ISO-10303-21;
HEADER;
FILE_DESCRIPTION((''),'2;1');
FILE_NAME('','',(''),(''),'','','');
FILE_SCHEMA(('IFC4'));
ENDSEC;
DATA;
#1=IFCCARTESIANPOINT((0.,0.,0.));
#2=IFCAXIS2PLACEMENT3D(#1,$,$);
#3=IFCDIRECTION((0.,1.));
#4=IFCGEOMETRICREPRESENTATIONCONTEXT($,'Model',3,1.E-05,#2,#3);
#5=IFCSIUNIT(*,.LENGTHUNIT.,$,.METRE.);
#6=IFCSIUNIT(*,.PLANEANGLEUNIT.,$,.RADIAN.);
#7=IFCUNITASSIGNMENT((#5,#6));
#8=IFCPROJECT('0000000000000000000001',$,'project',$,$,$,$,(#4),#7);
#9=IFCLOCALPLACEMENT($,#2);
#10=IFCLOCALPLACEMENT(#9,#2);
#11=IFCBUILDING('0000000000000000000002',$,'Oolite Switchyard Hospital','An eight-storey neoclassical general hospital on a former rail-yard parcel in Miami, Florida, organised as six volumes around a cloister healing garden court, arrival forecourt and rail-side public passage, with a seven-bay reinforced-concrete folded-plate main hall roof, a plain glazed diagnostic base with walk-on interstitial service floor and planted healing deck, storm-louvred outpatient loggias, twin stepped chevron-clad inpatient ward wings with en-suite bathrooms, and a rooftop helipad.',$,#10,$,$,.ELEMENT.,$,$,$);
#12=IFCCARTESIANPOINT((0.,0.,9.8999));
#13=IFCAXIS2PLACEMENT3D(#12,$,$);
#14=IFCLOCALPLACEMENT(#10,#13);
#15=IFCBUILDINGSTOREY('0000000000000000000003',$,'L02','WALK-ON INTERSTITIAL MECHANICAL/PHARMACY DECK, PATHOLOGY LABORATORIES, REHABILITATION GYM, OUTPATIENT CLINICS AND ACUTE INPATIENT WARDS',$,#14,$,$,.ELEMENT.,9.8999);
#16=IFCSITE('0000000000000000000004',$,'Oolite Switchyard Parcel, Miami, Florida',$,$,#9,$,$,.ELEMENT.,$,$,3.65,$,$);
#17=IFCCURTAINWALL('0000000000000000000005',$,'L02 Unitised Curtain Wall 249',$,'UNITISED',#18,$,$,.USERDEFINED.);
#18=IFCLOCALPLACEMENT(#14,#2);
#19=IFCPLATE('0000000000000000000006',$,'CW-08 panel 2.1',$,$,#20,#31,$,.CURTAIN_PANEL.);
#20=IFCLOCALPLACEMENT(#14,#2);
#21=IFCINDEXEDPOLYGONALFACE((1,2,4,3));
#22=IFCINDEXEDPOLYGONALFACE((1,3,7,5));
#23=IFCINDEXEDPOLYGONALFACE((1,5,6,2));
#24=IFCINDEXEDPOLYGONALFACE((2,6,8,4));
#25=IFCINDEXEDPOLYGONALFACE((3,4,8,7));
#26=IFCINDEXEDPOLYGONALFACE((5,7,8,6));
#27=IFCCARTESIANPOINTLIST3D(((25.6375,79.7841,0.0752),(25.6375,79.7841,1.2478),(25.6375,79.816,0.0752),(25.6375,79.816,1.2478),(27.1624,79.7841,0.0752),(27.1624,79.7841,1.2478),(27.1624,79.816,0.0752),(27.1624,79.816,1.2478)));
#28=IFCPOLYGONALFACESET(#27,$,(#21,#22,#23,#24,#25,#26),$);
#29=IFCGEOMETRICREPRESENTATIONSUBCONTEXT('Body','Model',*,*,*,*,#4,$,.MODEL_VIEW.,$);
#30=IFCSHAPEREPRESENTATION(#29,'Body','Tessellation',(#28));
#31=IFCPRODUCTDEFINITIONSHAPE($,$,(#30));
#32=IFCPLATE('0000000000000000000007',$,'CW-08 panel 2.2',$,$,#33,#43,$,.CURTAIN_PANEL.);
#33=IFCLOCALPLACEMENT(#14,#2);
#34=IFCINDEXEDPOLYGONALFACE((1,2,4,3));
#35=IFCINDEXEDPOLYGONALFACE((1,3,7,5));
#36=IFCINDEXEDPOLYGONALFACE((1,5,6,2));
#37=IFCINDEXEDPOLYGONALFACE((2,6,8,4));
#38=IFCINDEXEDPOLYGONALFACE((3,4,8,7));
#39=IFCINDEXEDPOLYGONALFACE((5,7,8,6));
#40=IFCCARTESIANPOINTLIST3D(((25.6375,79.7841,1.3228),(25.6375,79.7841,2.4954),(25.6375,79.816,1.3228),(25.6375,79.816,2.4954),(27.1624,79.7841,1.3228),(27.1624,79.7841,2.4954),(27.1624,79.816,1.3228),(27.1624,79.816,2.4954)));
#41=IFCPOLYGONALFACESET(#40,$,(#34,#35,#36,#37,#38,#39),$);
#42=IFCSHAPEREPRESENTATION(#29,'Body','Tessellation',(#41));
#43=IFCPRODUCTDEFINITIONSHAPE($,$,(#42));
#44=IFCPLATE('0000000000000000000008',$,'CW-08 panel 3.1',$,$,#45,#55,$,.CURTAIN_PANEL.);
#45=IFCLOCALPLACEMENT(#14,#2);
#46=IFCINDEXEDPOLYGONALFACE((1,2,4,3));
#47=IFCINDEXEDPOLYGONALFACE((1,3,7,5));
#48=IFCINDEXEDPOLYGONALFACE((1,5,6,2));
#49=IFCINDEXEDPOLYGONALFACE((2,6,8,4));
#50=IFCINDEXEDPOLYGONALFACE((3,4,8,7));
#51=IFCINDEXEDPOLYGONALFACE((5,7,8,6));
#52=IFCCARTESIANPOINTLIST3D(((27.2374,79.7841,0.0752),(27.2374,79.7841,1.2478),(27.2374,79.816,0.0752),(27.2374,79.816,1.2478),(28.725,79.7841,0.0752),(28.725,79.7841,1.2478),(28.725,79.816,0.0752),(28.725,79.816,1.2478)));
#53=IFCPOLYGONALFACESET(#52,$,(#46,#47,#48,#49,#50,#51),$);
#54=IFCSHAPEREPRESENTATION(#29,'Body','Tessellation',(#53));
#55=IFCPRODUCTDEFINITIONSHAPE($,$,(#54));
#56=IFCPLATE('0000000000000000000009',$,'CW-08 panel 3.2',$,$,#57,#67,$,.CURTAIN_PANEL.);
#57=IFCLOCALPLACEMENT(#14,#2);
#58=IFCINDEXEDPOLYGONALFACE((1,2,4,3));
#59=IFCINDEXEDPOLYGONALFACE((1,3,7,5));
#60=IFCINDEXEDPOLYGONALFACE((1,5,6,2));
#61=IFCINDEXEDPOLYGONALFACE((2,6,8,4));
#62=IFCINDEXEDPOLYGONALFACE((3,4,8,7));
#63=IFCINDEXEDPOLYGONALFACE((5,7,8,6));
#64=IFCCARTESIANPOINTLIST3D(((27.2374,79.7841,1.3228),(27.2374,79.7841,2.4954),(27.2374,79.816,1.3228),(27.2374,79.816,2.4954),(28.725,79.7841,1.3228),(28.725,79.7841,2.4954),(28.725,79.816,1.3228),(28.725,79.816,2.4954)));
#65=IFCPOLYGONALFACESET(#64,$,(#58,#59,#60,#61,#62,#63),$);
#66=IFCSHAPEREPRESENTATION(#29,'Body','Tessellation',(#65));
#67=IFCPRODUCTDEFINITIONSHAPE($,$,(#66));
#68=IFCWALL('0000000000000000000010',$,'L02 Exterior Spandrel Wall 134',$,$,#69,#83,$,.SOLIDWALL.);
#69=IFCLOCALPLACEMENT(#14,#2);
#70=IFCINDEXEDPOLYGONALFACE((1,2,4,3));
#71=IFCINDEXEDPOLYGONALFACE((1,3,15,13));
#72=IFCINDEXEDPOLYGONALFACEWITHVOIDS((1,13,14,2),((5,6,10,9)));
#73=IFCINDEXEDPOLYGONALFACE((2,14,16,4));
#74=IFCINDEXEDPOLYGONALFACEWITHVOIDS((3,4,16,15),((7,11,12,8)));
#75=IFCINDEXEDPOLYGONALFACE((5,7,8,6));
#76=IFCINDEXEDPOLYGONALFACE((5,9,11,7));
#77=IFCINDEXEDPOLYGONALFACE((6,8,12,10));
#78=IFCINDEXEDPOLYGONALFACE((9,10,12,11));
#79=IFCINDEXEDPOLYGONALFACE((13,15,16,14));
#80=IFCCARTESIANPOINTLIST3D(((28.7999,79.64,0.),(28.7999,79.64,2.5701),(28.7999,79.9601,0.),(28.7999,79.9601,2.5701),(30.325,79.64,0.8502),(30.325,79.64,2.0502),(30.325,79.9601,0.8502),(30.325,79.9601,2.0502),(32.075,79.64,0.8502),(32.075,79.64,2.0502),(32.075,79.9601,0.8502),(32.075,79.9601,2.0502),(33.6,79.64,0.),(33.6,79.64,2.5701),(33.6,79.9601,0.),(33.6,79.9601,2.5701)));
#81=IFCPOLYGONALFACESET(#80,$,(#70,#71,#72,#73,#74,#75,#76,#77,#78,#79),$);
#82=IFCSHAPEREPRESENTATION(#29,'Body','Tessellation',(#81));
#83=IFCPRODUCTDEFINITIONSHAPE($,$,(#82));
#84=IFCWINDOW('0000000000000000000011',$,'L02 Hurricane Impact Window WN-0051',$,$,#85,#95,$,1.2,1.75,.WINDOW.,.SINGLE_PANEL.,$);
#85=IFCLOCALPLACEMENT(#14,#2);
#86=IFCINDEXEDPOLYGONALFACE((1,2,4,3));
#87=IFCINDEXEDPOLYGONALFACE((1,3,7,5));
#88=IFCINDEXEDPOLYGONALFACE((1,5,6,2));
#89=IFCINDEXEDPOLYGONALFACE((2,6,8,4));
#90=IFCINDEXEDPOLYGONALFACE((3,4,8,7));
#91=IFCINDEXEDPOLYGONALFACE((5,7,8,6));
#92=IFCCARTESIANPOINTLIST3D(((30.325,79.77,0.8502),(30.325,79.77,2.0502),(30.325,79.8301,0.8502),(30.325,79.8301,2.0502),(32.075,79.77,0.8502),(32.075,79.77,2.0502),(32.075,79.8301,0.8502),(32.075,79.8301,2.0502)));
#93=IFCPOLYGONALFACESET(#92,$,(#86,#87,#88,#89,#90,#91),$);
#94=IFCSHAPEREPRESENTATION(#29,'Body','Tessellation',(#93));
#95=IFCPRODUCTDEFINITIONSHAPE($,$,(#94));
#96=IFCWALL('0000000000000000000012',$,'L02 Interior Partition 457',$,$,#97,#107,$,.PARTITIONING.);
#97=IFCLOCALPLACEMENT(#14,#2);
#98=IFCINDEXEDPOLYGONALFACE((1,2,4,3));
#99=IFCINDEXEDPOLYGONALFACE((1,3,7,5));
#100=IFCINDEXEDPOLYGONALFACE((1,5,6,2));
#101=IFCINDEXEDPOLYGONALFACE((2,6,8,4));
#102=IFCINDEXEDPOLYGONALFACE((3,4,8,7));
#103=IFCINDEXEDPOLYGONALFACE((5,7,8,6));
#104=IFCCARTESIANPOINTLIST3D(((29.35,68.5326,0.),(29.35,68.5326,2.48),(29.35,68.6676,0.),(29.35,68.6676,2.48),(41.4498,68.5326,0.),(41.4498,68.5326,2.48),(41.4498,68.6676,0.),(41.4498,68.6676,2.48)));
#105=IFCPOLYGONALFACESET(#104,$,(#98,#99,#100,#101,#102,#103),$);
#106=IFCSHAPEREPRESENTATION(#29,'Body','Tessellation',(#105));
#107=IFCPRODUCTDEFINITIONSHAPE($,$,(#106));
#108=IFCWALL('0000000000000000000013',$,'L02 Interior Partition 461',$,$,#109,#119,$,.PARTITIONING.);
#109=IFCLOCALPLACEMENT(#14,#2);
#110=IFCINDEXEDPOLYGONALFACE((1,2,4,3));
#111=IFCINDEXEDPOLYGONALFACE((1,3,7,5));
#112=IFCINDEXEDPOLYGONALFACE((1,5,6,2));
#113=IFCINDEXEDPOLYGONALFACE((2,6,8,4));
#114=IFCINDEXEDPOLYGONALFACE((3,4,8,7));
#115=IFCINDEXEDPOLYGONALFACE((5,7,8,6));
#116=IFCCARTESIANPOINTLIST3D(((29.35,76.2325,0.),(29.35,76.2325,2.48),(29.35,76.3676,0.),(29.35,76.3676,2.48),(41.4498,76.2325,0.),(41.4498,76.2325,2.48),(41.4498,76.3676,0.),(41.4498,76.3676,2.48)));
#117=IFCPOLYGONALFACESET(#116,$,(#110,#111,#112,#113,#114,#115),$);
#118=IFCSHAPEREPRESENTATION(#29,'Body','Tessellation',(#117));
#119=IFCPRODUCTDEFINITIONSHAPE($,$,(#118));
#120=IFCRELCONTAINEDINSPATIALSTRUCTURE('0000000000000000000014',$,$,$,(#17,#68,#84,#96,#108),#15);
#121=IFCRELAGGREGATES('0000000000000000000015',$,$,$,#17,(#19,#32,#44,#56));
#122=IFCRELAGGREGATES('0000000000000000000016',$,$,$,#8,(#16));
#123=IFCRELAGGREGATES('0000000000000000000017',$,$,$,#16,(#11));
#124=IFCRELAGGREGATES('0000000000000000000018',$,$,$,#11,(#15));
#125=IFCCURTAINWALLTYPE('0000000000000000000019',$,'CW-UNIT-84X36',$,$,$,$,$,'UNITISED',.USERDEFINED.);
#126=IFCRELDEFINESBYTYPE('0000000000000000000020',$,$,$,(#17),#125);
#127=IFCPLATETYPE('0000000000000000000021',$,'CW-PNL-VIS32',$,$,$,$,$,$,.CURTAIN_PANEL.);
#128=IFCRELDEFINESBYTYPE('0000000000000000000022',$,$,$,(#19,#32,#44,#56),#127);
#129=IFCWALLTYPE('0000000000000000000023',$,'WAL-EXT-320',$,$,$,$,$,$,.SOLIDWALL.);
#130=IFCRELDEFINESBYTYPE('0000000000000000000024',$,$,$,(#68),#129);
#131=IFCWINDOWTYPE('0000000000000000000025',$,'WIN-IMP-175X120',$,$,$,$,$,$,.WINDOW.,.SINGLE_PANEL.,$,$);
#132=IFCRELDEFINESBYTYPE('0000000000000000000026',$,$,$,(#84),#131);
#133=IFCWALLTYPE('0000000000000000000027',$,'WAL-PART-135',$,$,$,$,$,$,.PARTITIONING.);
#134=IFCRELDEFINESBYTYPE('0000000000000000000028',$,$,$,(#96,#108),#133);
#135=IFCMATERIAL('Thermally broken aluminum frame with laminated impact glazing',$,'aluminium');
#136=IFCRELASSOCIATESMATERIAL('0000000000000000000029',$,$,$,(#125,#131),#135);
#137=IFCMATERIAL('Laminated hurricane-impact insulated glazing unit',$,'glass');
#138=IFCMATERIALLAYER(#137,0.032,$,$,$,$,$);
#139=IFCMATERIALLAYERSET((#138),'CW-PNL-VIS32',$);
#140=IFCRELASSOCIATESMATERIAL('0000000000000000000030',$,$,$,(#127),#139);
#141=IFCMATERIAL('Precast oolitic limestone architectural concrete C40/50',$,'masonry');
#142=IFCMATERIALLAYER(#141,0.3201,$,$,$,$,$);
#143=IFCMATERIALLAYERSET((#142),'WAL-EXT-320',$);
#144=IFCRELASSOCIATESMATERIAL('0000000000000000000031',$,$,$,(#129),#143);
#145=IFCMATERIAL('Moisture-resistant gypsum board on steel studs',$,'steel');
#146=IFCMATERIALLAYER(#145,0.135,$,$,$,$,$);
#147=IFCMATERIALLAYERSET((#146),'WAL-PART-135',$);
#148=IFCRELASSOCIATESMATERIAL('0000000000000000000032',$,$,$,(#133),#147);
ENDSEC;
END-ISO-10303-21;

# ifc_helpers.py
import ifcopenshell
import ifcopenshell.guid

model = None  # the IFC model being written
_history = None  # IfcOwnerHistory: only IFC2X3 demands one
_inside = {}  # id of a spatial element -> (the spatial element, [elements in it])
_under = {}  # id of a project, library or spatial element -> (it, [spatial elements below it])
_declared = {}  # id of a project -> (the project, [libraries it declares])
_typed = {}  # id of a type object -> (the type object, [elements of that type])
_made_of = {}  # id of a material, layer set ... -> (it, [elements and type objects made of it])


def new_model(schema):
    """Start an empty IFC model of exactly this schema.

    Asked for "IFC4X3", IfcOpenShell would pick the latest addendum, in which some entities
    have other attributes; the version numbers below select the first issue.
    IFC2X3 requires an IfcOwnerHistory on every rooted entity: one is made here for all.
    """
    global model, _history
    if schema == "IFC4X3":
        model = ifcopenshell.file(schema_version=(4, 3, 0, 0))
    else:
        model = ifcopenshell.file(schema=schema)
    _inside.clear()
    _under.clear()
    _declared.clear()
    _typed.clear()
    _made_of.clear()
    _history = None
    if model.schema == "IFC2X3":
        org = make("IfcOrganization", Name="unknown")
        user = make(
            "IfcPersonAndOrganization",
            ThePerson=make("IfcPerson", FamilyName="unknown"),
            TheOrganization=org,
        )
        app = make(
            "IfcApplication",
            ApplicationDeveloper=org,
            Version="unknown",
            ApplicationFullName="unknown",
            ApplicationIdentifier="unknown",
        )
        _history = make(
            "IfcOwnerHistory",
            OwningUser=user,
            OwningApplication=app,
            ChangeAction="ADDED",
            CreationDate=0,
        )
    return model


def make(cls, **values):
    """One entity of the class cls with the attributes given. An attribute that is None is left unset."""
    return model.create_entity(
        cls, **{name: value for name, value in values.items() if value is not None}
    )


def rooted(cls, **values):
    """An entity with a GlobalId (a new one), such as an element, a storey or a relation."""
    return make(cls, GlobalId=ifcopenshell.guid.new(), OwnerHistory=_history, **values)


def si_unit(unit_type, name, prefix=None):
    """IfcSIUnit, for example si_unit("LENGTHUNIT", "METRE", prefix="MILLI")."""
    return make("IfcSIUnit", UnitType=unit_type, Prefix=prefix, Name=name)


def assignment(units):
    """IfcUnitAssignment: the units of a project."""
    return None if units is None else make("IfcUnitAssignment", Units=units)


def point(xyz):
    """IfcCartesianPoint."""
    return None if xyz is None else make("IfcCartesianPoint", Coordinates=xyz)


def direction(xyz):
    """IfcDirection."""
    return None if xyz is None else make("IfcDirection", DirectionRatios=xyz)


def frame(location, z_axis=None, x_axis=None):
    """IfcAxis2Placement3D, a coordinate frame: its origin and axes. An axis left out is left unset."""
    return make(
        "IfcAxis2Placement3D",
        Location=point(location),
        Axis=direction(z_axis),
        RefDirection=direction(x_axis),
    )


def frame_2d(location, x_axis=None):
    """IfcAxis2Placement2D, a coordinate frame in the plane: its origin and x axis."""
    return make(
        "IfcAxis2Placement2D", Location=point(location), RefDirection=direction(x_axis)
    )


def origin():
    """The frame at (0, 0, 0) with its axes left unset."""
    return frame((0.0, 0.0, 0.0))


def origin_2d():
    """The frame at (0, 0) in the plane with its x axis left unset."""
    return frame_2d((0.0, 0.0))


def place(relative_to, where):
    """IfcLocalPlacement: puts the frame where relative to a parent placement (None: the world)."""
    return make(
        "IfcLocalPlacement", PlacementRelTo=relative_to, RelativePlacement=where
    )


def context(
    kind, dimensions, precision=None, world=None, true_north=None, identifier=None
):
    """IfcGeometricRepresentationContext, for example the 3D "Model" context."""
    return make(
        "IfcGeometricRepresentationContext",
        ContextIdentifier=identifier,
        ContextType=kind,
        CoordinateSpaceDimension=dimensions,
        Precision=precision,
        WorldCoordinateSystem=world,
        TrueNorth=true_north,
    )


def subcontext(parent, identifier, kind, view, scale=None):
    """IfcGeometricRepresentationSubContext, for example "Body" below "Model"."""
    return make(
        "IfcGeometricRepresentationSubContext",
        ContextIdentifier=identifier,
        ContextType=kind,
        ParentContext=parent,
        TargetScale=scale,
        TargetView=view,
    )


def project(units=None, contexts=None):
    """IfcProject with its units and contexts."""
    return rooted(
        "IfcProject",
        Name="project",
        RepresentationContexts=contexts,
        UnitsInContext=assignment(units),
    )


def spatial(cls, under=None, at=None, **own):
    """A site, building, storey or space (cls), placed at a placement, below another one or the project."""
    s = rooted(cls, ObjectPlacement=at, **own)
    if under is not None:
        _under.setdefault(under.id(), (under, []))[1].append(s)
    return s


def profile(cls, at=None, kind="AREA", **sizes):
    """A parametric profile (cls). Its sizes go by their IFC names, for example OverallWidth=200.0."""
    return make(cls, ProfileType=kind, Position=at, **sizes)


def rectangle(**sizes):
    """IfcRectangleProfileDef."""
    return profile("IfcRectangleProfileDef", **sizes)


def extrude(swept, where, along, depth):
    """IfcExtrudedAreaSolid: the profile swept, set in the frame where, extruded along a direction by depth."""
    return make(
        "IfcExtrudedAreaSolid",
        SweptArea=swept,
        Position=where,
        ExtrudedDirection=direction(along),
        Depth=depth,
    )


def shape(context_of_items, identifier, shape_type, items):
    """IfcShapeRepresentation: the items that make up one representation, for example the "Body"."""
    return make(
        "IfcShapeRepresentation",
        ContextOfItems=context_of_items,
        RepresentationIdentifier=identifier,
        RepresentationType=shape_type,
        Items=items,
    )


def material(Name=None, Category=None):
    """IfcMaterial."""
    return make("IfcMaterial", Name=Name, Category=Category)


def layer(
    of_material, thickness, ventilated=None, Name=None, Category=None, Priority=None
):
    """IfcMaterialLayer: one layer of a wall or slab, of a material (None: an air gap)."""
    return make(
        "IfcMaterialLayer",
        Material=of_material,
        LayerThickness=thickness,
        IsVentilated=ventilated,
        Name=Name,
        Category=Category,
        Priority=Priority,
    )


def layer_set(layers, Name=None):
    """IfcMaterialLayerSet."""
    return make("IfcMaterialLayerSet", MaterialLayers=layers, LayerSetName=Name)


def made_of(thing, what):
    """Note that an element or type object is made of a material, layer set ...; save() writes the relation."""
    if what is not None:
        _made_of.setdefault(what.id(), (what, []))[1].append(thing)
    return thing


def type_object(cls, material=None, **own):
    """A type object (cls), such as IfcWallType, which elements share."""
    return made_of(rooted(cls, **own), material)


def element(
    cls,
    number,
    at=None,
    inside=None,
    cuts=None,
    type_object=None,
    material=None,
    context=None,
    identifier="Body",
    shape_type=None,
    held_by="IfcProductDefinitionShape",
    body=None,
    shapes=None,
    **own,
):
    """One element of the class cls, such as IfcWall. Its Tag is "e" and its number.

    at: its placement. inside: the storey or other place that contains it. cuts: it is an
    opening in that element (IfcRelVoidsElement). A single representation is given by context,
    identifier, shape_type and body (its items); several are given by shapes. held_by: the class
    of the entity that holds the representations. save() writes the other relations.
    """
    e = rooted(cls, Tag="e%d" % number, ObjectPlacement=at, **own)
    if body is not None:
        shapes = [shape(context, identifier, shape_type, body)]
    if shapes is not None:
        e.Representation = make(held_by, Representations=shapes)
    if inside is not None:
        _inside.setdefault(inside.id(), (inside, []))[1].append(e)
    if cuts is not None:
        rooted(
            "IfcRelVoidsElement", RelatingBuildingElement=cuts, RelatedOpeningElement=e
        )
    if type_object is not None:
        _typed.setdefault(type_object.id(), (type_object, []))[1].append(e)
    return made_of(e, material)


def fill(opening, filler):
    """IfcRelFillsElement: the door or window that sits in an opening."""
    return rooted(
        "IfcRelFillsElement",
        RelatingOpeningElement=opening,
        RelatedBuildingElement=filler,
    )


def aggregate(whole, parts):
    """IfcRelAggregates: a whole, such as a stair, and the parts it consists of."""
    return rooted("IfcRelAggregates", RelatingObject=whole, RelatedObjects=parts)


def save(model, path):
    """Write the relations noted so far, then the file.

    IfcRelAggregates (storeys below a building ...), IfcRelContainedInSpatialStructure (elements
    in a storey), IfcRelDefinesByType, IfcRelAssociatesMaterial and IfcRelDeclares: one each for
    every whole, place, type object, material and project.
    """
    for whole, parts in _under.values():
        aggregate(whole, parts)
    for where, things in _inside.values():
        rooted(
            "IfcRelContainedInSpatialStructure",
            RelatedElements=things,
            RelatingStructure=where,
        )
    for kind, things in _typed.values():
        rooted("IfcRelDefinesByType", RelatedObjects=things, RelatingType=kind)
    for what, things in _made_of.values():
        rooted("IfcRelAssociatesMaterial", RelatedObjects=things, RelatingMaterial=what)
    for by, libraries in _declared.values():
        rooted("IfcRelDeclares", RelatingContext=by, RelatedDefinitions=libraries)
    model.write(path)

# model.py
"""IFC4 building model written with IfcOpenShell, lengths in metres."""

from ifc_helpers import new_model, si_unit, direction, frame, frame_2d, origin, origin_2d, place, context, subcontext, project, spatial, rectangle, extrude, material, layer, layer_set, type_object, element, fill, aggregate, save


model = new_model("IFC4")

# Units and contexts
model_context = context("Model", 3, precision=1e-05, world=origin(), true_north=direction((0.0, 1.0)))
body_context = subcontext(model_context, "Body", "Model", "MODEL_VIEW")
ifc_project = project(units=[si_unit("LENGTHUNIT", "METRE"), si_unit("PLANEANGLEUNIT", "RADIAN")], contexts=[model_context])

# Site, building, storey
site_placement = place(None, origin())
site = spatial("IfcSite", under=ifc_project, at=site_placement, Name="Oolite Switchyard Parcel, Miami, Florida", CompositionType="ELEMENT", RefElevation=3.65)
building_placement = place(site_placement, origin())
building = spatial("IfcBuilding", under=site, at=building_placement, Name="Oolite Switchyard Hospital", Description="An eight-storey neoclassical general hospital on a former rail-yard parcel in Miami, Florida, organised as six volumes around a cloister healing garden court, arrival forecourt and rail-side public passage, with a seven-bay reinforced-concrete folded-plate main hall roof, a plain glazed diagnostic base with walk-on interstitial service floor and planted healing deck, storm-louvred outpatient loggias, twin stepped chevron-clad inpatient ward wings with en-suite bathrooms, and a rooftop helipad.", CompositionType="ELEMENT")
storey_placement = place(building_placement, frame((0.0, 0.0, 9.8999)))
storey = spatial("IfcBuildingStorey", under=building, at=storey_placement, Name="L02", Description="WALK-ON INTERSTITIAL MECHANICAL/PHARMACY DECK, PATHOLOGY LABORATORIES, REHABILITATION GYM, OUTPATIENT CLINICS AND ACUTE INPATIENT WARDS", CompositionType="ELEMENT", Elevation=9.8999)

# Curtain wall
ifc_material_1 = material(Name="Thermally broken aluminum frame with laminated impact glazing", Category="aluminium")
curtain_wall_type = type_object("IfcCurtainWallType", Name="CW-UNIT-84X36", ElementType="UNITISED", PredefinedType="USERDEFINED", material=ifc_material_1)
curtain_wall_1_placement = place(storey_placement, origin())
curtain_wall_1 = element("IfcCurtainWall", 1, at=curtain_wall_1_placement, inside=storey, type_object=curtain_wall_type, Name="L02 Unitised Curtain Wall 249", ObjectType="UNITISED", PredefinedType="USERDEFINED")

# Plates
ifc_material_2 = material(Name="Laminated hurricane-impact insulated glazing unit", Category="glass")
ifc_layer_1 = layer(ifc_material_2, 0.032)
ifc_layer_set_1 = layer_set([ifc_layer_1], Name="CW-PNL-VIS32")
plate_type_1 = type_object("IfcPlateType", Name="CW-PNL-VIS32", PredefinedType="CURTAIN_PANEL", material=ifc_layer_set_1)
plate_1_placement = place(storey_placement, frame((26.3999, 79.8, 0.0752), z_axis=(0.0, 0.0, 1.0), x_axis=(1.0, 0.0, 0.0)))
plate_1 = element("IfcPlate", 2, at=plate_1_placement, type_object=plate_type_1, Name="CW-08 panel 2.1", PredefinedType="CURTAIN_PANEL", context=body_context, shape_type="SweptSolid", body=[
    extrude(rectangle(XDim=1.5249, YDim=0.032, at=origin_2d()), origin(), (0.0, 0.0, 1.0), 1.1726),
])
plate_2_placement = place(storey_placement, frame((26.3999, 79.8, 1.3228), z_axis=(0.0, 0.0, 1.0), x_axis=(1.0, 0.0, 0.0)))
plate_2 = element("IfcPlate", 3, at=plate_2_placement, type_object=plate_type_1, Name="CW-08 panel 2.2", PredefinedType="CURTAIN_PANEL", context=body_context, shape_type="SweptSolid", body=[
    extrude(rectangle(XDim=1.5249, YDim=0.032, at=origin_2d()), origin(), (0.0, 0.0, 1.0), 1.1726),
])
plate_3_placement = place(storey_placement, frame((27.9812, 79.8, 0.0752), z_axis=(0.0, 0.0, 1.0), x_axis=(1.0, 0.0, 0.0)))
plate_3 = element("IfcPlate", 4, at=plate_3_placement, type_object=plate_type_1, Name="CW-08 panel 3.1", PredefinedType="CURTAIN_PANEL", context=body_context, shape_type="SweptSolid", body=[
    extrude(rectangle(XDim=1.4875, YDim=0.032, at=origin_2d()), origin(), (0.0, 0.0, 1.0), 1.1726),
])
plate_4_placement = place(storey_placement, frame((27.9812, 79.8, 1.3228), z_axis=(0.0, 0.0, 1.0), x_axis=(1.0, 0.0, 0.0)))
plate_4 = element("IfcPlate", 5, at=plate_4_placement, type_object=plate_type_1, Name="CW-08 panel 3.2", PredefinedType="CURTAIN_PANEL", context=body_context, shape_type="SweptSolid", body=[
    extrude(rectangle(XDim=1.4875, YDim=0.032, at=origin_2d()), origin(), (0.0, 0.0, 1.0), 1.1726),
])
aggregate(curtain_wall_1, [plate_1, plate_2, plate_3, plate_4])

# Wall, opening, window
ifc_material_3 = material(Name="Precast oolitic limestone architectural concrete C40/50", Category="masonry")
ifc_layer_2 = layer(ifc_material_3, 0.3201)
ifc_layer_set_2 = layer_set([ifc_layer_2], Name="WAL-EXT-320")
wall_type_1 = type_object("IfcWallType", Name="WAL-EXT-320", PredefinedType="SOLIDWALL", material=ifc_layer_set_2)
wall_placement = place(storey_placement, frame((28.8, 79.8, 0.0), z_axis=(0.0, 0.0, 1.0), x_axis=(1.0, 0.0, 0.0)))
wall = element("IfcWall", 6, at=wall_placement, inside=storey, type_object=wall_type_1, Name="L02 Exterior Spandrel Wall 134", PredefinedType="SOLIDWALL", context=body_context, shape_type="SweptSolid", body=[
    extrude(rectangle(XDim=4.8, YDim=0.3201, at=frame_2d((2.3999, 0.0))), origin(), (0.0, 0.0, 1.0), 2.5701),
])
opening_placement = place(wall_placement, frame((1.5249, 0.0, 0.8501)))
opening = element("IfcOpeningElement", 7, at=opening_placement, cuts=wall, PredefinedType="OPENING", context=body_context, shape_type="SweptSolid", body=[
    extrude(rectangle(XDim=1.75, YDim=1.2, at=frame_2d((0.875, 0.6001))), frame((0.0, 0.1699, 0.0), z_axis=(0.0, -1.0, 0.0), x_axis=(1.0, 0.0, 0.0)), (0.0, 0.0, 1.0), 0.3401),
])
window_type = type_object("IfcWindowType", Name="WIN-IMP-175X120", PartitioningType="SINGLE_PANEL", PredefinedType="WINDOW", material=ifc_material_1)
window_placement = place(opening_placement, origin())
window = element("IfcWindow", 8, at=window_placement, inside=storey, type_object=window_type, Name="L02 Hurricane Impact Window WN-0051", OverallHeight=1.2, OverallWidth=1.75, PartitioningType="SINGLE_PANEL", PredefinedType="WINDOW", context=body_context, shape_type="SweptSolid", body=[
    extrude(rectangle(XDim=1.75, YDim=1.2, at=frame_2d((0.875, 0.6001))), frame((0.0, 0.03, 0.0), z_axis=(0.0, -1.0, 0.0), x_axis=(1.0, 0.0, 0.0)), (0.0, 0.0, 1.0), 0.0601),
])
fill(opening, window)

# Walls
ifc_material_4 = material(Name="Moisture-resistant gypsum board on steel studs", Category="steel")
ifc_layer_3 = layer(ifc_material_4, 0.135)
ifc_layer_set_3 = layer_set([ifc_layer_3], Name="WAL-PART-135")
wall_type_2 = type_object("IfcWallType", Name="WAL-PART-135", PredefinedType="PARTITIONING", material=ifc_layer_set_3)
for number, where, z_axis, x_axis, name in (
    (9, (29.3501, 68.6001, 0.0), (0.0, 0.0, 1.0), (1.0, 0.0, 0.0), "L02 Interior Partition 457"),
    (10, (29.3501, 76.3, 0.0), (0.0, 0.0, 1.0), (1.0, 0.0, 0.0), "L02 Interior Partition 461"),
):
    element("IfcWall", number, at=place(storey_placement, frame(where, z_axis=z_axis, x_axis=x_axis)), inside=storey, type_object=wall_type_2, Name=name, PredefinedType="PARTITIONING", context=body_context, shape_type="SweptSolid", body=[
        extrude(rectangle(XDim=12.0999, YDim=0.135, at=frame_2d((6.0498, 0.0))), origin(), (0.0, 0.0, 1.0), 2.48),
    ])

save(model, "model.ifc")
